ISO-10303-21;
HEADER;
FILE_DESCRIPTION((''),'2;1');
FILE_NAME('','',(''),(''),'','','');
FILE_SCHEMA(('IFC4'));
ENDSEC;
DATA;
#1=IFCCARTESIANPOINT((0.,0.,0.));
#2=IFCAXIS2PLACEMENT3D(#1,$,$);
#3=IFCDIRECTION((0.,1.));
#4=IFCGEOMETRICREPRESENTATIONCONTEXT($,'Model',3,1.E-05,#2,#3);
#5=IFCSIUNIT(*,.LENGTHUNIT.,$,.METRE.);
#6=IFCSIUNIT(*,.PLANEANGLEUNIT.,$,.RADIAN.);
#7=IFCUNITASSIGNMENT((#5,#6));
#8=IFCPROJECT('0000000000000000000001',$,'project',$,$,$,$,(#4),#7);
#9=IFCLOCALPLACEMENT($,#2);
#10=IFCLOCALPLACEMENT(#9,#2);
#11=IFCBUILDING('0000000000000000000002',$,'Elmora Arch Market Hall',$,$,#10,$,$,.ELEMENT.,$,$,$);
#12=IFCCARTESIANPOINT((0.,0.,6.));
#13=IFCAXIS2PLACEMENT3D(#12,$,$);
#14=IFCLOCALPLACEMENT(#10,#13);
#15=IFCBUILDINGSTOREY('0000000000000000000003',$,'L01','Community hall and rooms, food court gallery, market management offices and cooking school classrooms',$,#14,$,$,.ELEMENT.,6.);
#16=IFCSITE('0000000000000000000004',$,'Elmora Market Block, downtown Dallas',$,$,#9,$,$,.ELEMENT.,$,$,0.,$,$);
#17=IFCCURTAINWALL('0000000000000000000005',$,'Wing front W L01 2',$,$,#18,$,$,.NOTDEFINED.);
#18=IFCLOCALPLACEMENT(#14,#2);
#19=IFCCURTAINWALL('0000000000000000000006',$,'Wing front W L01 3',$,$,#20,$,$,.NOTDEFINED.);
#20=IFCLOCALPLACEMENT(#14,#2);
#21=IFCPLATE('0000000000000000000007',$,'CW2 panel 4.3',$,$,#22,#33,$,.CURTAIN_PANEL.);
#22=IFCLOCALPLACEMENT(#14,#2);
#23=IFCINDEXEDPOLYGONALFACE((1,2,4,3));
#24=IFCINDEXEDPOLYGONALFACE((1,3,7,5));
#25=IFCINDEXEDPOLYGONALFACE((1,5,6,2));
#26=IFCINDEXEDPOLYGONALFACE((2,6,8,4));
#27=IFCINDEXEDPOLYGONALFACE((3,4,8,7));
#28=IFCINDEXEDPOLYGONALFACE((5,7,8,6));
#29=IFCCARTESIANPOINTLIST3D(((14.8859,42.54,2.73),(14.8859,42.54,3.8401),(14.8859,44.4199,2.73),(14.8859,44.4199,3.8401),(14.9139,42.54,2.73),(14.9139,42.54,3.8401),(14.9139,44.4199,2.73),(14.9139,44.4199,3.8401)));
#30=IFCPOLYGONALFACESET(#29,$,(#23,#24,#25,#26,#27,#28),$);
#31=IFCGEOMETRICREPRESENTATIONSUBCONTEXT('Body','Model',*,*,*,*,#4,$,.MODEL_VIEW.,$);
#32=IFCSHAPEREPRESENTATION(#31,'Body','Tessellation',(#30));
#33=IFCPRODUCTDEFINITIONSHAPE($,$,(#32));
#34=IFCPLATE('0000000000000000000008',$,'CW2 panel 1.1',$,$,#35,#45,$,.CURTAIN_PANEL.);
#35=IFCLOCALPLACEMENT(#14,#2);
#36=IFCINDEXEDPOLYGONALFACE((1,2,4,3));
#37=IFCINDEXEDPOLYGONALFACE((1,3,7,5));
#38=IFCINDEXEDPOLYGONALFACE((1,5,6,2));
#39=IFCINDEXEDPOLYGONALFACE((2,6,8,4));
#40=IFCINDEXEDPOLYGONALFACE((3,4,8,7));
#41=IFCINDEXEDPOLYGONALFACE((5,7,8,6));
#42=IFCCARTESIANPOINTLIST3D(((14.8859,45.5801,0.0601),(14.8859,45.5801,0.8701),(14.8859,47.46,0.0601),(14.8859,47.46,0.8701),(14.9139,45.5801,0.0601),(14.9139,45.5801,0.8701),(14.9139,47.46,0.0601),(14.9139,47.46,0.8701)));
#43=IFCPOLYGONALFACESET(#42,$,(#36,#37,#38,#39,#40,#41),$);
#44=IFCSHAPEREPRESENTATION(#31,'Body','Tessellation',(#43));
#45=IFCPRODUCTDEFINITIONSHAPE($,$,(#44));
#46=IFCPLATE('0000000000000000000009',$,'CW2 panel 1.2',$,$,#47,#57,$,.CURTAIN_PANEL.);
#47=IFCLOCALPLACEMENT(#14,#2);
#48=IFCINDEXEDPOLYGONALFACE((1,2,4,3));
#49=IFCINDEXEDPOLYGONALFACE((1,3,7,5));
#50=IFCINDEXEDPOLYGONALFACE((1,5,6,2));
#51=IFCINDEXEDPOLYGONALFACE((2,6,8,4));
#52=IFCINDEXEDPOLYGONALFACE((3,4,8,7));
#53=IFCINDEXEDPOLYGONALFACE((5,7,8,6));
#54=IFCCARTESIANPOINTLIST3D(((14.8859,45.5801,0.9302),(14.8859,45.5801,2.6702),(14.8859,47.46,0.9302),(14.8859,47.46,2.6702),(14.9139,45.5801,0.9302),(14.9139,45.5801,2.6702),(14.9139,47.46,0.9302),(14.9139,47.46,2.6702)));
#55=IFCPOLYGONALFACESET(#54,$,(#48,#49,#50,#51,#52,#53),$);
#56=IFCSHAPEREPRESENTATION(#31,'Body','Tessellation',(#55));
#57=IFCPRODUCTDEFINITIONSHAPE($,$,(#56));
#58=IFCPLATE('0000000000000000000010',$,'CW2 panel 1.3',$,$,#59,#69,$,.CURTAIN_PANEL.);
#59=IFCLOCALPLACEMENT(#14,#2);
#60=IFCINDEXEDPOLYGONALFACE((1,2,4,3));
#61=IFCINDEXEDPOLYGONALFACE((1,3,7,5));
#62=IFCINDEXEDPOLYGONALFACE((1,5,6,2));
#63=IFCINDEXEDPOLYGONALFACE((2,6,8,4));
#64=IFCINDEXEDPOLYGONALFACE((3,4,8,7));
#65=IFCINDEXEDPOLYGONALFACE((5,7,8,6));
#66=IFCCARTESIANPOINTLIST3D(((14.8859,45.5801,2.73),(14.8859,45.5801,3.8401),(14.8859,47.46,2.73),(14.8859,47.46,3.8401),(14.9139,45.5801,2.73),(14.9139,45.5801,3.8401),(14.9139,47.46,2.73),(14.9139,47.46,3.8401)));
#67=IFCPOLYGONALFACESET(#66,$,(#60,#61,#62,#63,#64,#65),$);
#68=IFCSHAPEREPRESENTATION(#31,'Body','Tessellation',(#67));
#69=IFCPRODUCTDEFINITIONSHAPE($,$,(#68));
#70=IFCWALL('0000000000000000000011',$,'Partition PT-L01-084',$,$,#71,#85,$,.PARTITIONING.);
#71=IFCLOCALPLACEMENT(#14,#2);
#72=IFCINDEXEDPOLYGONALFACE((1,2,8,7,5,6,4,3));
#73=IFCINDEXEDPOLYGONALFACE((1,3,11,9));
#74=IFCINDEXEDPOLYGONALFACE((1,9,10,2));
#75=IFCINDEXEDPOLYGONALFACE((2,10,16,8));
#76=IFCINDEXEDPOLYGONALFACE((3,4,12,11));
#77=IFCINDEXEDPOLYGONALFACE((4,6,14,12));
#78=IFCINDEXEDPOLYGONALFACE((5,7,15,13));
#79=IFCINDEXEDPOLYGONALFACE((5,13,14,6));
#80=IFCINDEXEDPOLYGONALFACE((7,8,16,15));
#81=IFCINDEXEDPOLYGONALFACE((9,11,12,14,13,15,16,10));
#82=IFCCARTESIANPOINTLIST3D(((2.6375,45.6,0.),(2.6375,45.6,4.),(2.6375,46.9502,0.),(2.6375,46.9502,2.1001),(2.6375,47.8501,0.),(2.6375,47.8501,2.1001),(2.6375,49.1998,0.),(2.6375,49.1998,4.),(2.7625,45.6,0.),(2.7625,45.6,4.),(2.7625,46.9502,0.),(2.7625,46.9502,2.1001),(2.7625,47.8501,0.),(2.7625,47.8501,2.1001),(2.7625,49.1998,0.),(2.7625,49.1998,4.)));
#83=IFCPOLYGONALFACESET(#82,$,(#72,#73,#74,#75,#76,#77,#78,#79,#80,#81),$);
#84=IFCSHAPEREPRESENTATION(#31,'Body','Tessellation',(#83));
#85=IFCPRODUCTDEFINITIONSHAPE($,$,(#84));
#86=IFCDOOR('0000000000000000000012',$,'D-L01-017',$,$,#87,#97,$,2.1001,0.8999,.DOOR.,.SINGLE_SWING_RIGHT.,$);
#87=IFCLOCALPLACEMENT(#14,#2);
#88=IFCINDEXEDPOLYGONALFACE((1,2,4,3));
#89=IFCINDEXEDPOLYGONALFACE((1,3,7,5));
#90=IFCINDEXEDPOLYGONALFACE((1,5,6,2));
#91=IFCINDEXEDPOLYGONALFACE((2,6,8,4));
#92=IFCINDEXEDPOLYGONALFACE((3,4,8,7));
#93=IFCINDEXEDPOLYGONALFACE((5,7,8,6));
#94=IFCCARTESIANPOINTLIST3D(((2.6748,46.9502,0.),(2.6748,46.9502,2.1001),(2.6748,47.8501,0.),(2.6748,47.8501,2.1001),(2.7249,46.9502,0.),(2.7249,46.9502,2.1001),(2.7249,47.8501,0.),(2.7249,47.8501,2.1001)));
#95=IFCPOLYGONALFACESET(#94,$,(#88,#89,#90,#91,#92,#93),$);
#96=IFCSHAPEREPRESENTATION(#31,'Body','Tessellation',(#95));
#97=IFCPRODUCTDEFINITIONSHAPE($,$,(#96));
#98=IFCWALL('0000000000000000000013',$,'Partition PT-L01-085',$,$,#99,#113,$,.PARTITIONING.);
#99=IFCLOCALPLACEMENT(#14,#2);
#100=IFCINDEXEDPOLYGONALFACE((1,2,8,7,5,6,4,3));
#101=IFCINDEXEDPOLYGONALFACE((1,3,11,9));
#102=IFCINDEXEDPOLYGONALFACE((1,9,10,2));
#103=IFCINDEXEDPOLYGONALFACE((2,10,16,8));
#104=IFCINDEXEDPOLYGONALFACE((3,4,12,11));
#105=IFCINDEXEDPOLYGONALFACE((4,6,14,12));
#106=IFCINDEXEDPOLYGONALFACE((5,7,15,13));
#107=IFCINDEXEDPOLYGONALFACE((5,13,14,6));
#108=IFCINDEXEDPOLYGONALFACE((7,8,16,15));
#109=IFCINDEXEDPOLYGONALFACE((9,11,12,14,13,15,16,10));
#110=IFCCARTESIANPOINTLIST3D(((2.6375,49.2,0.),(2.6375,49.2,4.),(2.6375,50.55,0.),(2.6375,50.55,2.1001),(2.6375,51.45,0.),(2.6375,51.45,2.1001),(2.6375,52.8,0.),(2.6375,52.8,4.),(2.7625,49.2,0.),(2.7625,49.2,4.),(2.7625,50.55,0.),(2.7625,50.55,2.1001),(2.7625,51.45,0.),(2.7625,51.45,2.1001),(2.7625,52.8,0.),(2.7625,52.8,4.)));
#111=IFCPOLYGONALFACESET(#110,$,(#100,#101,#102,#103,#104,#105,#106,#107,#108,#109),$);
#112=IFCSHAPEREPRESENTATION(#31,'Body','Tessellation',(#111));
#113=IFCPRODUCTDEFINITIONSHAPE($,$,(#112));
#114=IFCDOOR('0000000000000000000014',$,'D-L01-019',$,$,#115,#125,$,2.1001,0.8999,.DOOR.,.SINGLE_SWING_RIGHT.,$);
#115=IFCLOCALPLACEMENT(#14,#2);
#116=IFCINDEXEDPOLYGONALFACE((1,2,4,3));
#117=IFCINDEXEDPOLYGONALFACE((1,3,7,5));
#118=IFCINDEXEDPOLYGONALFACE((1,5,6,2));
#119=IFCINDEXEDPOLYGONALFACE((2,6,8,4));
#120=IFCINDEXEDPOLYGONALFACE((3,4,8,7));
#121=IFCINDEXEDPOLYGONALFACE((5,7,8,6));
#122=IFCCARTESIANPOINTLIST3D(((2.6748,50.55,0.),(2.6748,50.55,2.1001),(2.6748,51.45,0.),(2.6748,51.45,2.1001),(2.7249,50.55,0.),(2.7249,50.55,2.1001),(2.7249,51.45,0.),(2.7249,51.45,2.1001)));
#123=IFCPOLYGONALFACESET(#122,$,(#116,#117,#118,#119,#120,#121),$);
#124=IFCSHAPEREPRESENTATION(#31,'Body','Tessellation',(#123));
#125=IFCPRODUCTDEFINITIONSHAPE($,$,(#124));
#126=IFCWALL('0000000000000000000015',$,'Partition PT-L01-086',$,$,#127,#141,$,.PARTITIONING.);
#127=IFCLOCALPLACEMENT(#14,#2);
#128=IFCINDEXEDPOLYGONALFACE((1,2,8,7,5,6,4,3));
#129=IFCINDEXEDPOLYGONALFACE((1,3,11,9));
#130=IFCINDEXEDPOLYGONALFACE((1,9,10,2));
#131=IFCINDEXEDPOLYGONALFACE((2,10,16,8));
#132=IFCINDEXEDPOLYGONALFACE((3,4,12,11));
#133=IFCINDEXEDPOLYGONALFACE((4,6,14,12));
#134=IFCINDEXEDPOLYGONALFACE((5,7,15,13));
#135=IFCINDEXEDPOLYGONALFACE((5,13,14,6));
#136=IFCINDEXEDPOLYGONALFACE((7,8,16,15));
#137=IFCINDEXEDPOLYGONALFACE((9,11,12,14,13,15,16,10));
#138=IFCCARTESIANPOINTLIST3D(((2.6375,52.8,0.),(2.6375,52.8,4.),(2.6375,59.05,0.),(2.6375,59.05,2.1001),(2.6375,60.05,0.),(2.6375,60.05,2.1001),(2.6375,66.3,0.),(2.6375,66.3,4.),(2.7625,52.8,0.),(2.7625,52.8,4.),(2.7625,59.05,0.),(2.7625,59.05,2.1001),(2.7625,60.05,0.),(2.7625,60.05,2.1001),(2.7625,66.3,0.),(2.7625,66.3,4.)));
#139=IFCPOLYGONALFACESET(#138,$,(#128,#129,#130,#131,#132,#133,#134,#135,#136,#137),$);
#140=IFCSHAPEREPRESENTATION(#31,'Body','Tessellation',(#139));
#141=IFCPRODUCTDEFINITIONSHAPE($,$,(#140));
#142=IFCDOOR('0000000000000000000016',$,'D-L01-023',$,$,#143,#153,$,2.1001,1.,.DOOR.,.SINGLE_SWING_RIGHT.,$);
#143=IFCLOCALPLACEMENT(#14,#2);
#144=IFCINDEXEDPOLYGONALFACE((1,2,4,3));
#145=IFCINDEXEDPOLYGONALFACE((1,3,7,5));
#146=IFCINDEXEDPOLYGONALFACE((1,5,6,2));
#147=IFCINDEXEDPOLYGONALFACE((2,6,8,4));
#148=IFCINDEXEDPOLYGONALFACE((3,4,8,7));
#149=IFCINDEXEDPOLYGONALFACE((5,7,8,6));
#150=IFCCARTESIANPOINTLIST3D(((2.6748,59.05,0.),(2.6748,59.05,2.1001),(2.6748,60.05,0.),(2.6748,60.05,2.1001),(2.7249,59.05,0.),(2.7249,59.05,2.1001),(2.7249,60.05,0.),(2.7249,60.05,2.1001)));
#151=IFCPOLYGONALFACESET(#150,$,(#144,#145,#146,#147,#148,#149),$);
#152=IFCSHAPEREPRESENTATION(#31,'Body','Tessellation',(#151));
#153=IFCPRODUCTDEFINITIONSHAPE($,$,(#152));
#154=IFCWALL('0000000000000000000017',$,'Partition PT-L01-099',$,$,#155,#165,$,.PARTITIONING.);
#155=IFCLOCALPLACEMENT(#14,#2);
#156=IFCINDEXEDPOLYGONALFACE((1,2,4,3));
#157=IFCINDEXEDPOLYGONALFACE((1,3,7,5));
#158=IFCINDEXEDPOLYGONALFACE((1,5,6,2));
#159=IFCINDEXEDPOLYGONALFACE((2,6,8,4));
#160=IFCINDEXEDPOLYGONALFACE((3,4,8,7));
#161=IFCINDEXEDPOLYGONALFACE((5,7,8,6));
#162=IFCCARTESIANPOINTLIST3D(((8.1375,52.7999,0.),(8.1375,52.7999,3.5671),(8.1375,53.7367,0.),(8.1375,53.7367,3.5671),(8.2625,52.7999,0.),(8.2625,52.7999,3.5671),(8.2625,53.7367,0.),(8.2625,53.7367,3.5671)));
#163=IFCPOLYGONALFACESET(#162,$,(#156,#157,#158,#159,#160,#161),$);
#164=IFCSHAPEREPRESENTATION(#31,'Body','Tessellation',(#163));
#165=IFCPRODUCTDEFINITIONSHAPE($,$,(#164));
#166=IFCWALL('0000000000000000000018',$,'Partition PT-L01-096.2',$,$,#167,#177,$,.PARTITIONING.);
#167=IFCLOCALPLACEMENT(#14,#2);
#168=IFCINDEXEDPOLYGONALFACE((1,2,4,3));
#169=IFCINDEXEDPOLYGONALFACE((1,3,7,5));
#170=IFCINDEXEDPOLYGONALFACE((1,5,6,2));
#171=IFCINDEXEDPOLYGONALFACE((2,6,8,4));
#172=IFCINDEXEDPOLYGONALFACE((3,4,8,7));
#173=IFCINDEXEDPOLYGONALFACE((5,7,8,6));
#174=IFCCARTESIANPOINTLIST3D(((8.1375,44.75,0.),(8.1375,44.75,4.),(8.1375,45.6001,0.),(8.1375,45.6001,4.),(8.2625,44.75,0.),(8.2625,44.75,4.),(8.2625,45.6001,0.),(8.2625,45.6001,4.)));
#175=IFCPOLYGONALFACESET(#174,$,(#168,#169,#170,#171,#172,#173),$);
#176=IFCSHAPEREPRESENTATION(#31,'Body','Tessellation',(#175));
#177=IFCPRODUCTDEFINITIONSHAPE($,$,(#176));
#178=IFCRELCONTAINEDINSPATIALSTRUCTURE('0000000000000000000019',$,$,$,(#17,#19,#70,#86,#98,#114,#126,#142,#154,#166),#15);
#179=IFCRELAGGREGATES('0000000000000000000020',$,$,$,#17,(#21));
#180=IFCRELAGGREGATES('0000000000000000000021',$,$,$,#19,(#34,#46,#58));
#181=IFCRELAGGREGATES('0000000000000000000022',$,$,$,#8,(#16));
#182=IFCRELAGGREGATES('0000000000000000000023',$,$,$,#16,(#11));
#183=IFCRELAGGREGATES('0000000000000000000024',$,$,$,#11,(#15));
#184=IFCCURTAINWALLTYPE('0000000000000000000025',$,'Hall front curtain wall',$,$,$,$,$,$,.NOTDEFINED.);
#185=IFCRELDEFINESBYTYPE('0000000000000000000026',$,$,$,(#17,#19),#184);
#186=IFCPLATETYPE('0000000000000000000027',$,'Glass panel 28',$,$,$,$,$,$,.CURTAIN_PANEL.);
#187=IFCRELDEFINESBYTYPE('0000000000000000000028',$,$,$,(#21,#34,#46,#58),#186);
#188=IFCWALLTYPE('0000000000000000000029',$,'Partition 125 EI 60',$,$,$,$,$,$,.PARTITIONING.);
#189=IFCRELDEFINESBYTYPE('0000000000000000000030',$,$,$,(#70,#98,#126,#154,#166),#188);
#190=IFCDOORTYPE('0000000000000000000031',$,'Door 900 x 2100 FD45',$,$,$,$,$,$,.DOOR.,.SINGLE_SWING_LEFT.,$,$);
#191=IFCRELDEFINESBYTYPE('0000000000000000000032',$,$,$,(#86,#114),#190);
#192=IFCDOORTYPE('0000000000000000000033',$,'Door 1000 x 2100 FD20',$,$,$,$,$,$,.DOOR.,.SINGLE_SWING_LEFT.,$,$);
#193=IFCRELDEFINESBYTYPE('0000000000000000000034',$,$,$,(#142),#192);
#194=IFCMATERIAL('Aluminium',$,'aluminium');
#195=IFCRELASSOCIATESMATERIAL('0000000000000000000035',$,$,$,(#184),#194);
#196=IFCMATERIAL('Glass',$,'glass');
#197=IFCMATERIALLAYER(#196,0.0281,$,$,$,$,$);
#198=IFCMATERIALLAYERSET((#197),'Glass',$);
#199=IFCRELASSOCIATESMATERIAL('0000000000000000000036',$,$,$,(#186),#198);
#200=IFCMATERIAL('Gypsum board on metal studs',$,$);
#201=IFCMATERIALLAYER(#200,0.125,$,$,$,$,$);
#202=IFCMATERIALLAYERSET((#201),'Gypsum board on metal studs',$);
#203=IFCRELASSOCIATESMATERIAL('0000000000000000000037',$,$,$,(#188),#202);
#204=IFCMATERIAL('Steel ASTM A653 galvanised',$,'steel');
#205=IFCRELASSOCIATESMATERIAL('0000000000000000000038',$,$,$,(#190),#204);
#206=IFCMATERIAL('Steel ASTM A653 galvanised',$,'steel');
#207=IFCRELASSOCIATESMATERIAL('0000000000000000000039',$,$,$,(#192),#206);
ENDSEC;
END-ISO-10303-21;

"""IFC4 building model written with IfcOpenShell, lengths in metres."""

from ifc_helpers import new_model, si_unit, direction, frame, frame_2d, origin, origin_2d, place, context, subcontext, project, spatial, rectangle, extrude, material, layer, layer_set, type_object, element, fill, aggregate, save


model = new_model("IFC4")

# Units and contexts
model_context = context("Model", 3, precision=1e-05, world=origin(), true_north=direction((0.0, 1.0)))
body_context = subcontext(model_context, "Body", "Model", "MODEL_VIEW")
ifc_project = project(units=[si_unit("LENGTHUNIT", "METRE"), si_unit("PLANEANGLEUNIT", "RADIAN")], contexts=[model_context])

# Site, building, storey
site_placement = place(None, origin())
site = spatial("IfcSite", under=ifc_project, at=site_placement, Name="Elmora Market Block, downtown Dallas", CompositionType="ELEMENT", RefElevation=0.0)
building_placement = place(site_placement, origin())
building = spatial("IfcBuilding", under=site, at=building_placement, Name="Elmora Arch Market Hall", CompositionType="ELEMENT")
storey_placement = place(building_placement, frame((0.0, 0.0, 6.0)))
storey = spatial("IfcBuildingStorey", under=building, at=storey_placement, Name="L01", Description="Community hall and rooms, food court gallery, market management offices and cooking school classrooms", CompositionType="ELEMENT", Elevation=6.0)

# Curtain wall
ifc_material_1 = material(Name="Aluminium", Category="aluminium")
curtain_wall_type = type_object("IfcCurtainWallType", Name="Hall front curtain wall", PredefinedType="NOTDEFINED", material=ifc_material_1)
curtain_wall_1_placement = place(storey_placement, origin())
curtain_wall_1 = element("IfcCurtainWall", 1, at=curtain_wall_1_placement, inside=storey, type_object=curtain_wall_type, Name="Wing front W L01 2", PredefinedType="NOTDEFINED")

# Curtain wall
curtain_wall_2_placement = place(storey_placement, origin())
curtain_wall_2 = element("IfcCurtainWall", 2, at=curtain_wall_2_placement, inside=storey, type_object=curtain_wall_type, Name="Wing front W L01 3", PredefinedType="NOTDEFINED")

# Plates
ifc_material_2 = material(Name="Glass", Category="glass")
ifc_layer_1 = layer(ifc_material_2, 0.0281)
ifc_layer_set_1 = layer_set([ifc_layer_1], Name="Glass")
plate_type = type_object("IfcPlateType", Name="Glass panel 28", PredefinedType="CURTAIN_PANEL", material=ifc_layer_set_1)
plate_1_placement = place(storey_placement, frame((14.8999, 43.48, 2.73), z_axis=(0.0, 0.0, 1.0), x_axis=(0.0, 1.0, 0.0)))
plate_1 = element("IfcPlate", 3, at=plate_1_placement, type_object=plate_type, Name="CW2 panel 4.3", PredefinedType="CURTAIN_PANEL", context=body_context, shape_type="SweptSolid", body=[
    extrude(rectangle(XDim=1.8799, YDim=0.0281, at=origin_2d()), origin(), (0.0, 0.0, 1.0), 1.1101),
])
aggregate(curtain_wall_1, [plate_1])
plate_2_placement = place(storey_placement, frame((14.8999, 46.52, 0.0601), z_axis=(0.0, 0.0, 1.0), x_axis=(0.0, 1.0, 0.0)))
plate_2 = element("IfcPlate", 4, at=plate_2_placement, type_object=plate_type, Name="CW2 panel 1.1", PredefinedType="CURTAIN_PANEL", context=body_context, shape_type="SweptSolid", body=[
    extrude(rectangle(XDim=1.8799, YDim=0.0281, at=origin_2d()), origin(), (0.0, 0.0, 1.0), 0.8101),
])
plate_3_placement = place(storey_placement, frame((14.8999, 46.52, 0.9302), z_axis=(0.0, 0.0, 1.0), x_axis=(0.0, 1.0, 0.0)))
plate_3 = element("IfcPlate", 5, at=plate_3_placement, type_object=plate_type, Name="CW2 panel 1.2", PredefinedType="CURTAIN_PANEL", context=body_context, shape_type="SweptSolid", body=[
    extrude(rectangle(XDim=1.8799, YDim=0.0281, at=origin_2d()), origin(), (0.0, 0.0, 1.0), 1.74),
])
plate_4_placement = place(storey_placement, frame((14.8999, 46.52, 2.73), z_axis=(0.0, 0.0, 1.0), x_axis=(0.0, 1.0, 0.0)))
plate_4 = element("IfcPlate", 6, at=plate_4_placement, type_object=plate_type, Name="CW2 panel 1.3", PredefinedType="CURTAIN_PANEL", context=body_context, shape_type="SweptSolid", body=[
    extrude(rectangle(XDim=1.8799, YDim=0.0281, at=origin_2d()), origin(), (0.0, 0.0, 1.0), 1.1101),
])
aggregate(curtain_wall_2, [plate_2, plate_3, plate_4])

# Walls, openings, doors
ifc_material_3 = material(Name="Gypsum board on metal studs")
ifc_layer_2 = layer(ifc_material_3, 0.125)
ifc_layer_set_2 = layer_set([ifc_layer_2], Name="Gypsum board on metal studs")
wall_type_1 = type_object("IfcWallType", Name="Partition 125 EI 60", PredefinedType="PARTITIONING", material=ifc_layer_set_2)
wall_1_placement = place(storey_placement, frame((2.7, 45.6001, 0.0), z_axis=(0.0, 0.0, 1.0), x_axis=(0.0, 1.0, 0.0)))
wall_1 = element("IfcWall", 7, at=wall_1_placement, inside=storey, type_object=wall_type_1, Name="Partition PT-L01-084", PredefinedType="PARTITIONING", context=body_context, shape_type="SweptSolid", body=[
    extrude(rectangle(XDim=3.5999, YDim=0.125, at=frame_2d((1.7998, 0.0))), origin(), (0.0, 0.0, 1.0), 4.0),
])
opening_1_placement = place(wall_1_placement, frame((1.3501, 0.0, 0.0)))
opening_1 = element("IfcOpeningElement", 8, at=opening_1_placement, cuts=wall_1, PredefinedType="OPENING", context=body_context, shape_type="SweptSolid", body=[
    extrude(rectangle(XDim=0.8999, YDim=2.1001, at=frame_2d((0.45, 1.05))), frame((0.0, 0.0725, 0.0), z_axis=(0.0, -1.0, 0.0), x_axis=(1.0, 0.0, 0.0)), (0.0, 0.0, 1.0), 0.145),
])
ifc_material_4 = material(Name="Steel ASTM A653 galvanised", Category="steel")
door_type_1 = type_object("IfcDoorType", Name="Door 900 x 2100 FD45", OperationType="SINGLE_SWING_LEFT", PredefinedType="DOOR", material=ifc_material_4)
door_1_placement = place(opening_1_placement, frame((0.8999, 0.0, 0.0), z_axis=(0.0, 0.0, 1.0), x_axis=(-1.0, 0.0, 0.0)))
door_1 = element("IfcDoor", 9, at=door_1_placement, inside=storey, type_object=door_type_1, Name="D-L01-017", OperationType="SINGLE_SWING_RIGHT", OverallHeight=2.1001, OverallWidth=0.8999, PredefinedType="DOOR", context=body_context, shape_type="SweptSolid", body=[
    extrude(rectangle(XDim=0.8999, YDim=2.1001, at=frame_2d((0.45, 1.05))), frame((0.0, 0.0249, 0.0), z_axis=(0.0, -1.0, 0.0), x_axis=(1.0, 0.0, 0.0)), (0.0, 0.0, 1.0), 0.05),
])
fill(opening_1, door_1)
wall_2_placement = place(storey_placement, frame((2.7, 49.2, 0.0), z_axis=(0.0, 0.0, 1.0), x_axis=(0.0, 1.0, 0.0)))
wall_2 = element("IfcWall", 10, at=wall_2_placement, inside=storey, type_object=wall_type_1, Name="Partition PT-L01-085", PredefinedType="PARTITIONING", context=body_context, shape_type="SweptSolid", body=[
    extrude(rectangle(XDim=3.6001, YDim=0.125, at=frame_2d((1.8, 0.0))), origin(), (0.0, 0.0, 1.0), 4.0),
])
opening_2_placement = place(wall_2_placement, frame((1.3501, 0.0, 0.0)))
opening_2 = element("IfcOpeningElement", 11, at=opening_2_placement, cuts=wall_2, PredefinedType="OPENING", context=body_context, shape_type="SweptSolid", body=[
    extrude(rectangle(XDim=0.8999, YDim=2.1001, at=frame_2d((0.45, 1.05))), frame((0.0, 0.0725, 0.0), z_axis=(0.0, -1.0, 0.0), x_axis=(1.0, 0.0, 0.0)), (0.0, 0.0, 1.0), 0.145),
])
door_2_placement = place(opening_2_placement, frame((0.8999, 0.0, 0.0), z_axis=(0.0, 0.0, 1.0), x_axis=(-1.0, 0.0, 0.0)))
door_2 = element("IfcDoor", 12, at=door_2_placement, inside=storey, type_object=door_type_1, Name="D-L01-019", OperationType="SINGLE_SWING_RIGHT", OverallHeight=2.1001, OverallWidth=0.8999, PredefinedType="DOOR", context=body_context, shape_type="SweptSolid", body=[
    extrude(rectangle(XDim=0.8999, YDim=2.1001, at=frame_2d((0.45, 1.05))), frame((0.0, 0.0249, 0.0), z_axis=(0.0, -1.0, 0.0), x_axis=(1.0, 0.0, 0.0)), (0.0, 0.0, 1.0), 0.05),
])
fill(opening_2, door_2)
wall_3_placement = place(storey_placement, frame((2.7, 52.8, 0.0), z_axis=(0.0, 0.0, 1.0), x_axis=(0.0, 1.0, 0.0)))
wall_3 = element("IfcWall", 13, at=wall_3_placement, inside=storey, type_object=wall_type_1, Name="Partition PT-L01-086", PredefinedType="PARTITIONING", context=body_context, shape_type="SweptSolid", body=[
    extrude(rectangle(XDim=13.5, YDim=0.125, at=frame_2d((6.75, 0.0))), origin(), (0.0, 0.0, 1.0), 4.0),
])
opening_3_placement = place(wall_3_placement, frame((6.25, 0.0, 0.0)))
opening_3 = element("IfcOpeningElement", 14, at=opening_3_placement, cuts=wall_3, PredefinedType="OPENING", context=body_context, shape_type="SweptSolid", body=[
    extrude(rectangle(XDim=1.0, YDim=2.1001, at=frame_2d((0.5, 1.05))), frame((0.0, 0.0725, 0.0), z_axis=(0.0, -1.0, 0.0), x_axis=(1.0, 0.0, 0.0)), (0.0, 0.0, 1.0), 0.145),
])
ifc_material_5 = material(Name="Steel ASTM A653 galvanised", Category="steel")
door_type_2 = type_object("IfcDoorType", Name="Door 1000 x 2100 FD20", OperationType="SINGLE_SWING_LEFT", PredefinedType="DOOR", material=ifc_material_5)
door_3_placement = place(opening_3_placement, frame((1.0, 0.0, 0.0), z_axis=(0.0, 0.0, 1.0), x_axis=(-1.0, 0.0, 0.0)))
door_3 = element("IfcDoor", 15, at=door_3_placement, inside=storey, type_object=door_type_2, Name="D-L01-023", OperationType="SINGLE_SWING_RIGHT", OverallHeight=2.1001, OverallWidth=1.0, PredefinedType="DOOR", context=body_context, shape_type="SweptSolid", body=[
    extrude(rectangle(XDim=1.0, YDim=2.1001, at=frame_2d((0.5, 1.05))), frame((0.0, 0.0249, 0.0), z_axis=(0.0, -1.0, 0.0), x_axis=(1.0, 0.0, 0.0)), (0.0, 0.0, 1.0), 0.05),
])
fill(opening_3, door_3)

# Walls
wall_4_placement = place(storey_placement, frame((8.2, 52.8, 0.0), z_axis=(0.0, 0.0, 1.0), x_axis=(0.0, 1.0, 0.0)))
element("IfcWall", 16, at=wall_4_placement, inside=storey, type_object=wall_type_1, Name="Partition PT-L01-099", PredefinedType="PARTITIONING", context=body_context, shape_type="SweptSolid", body=[
    extrude(rectangle(XDim=0.9368, YDim=0.125, at=frame_2d((0.4683, 0.0))), origin(), (0.0, 0.0, 1.0), 3.5671),
])
wall_5_placement = place(storey_placement, frame((8.2, 44.75, 0.0), z_axis=(0.0, 0.0, 1.0), x_axis=(0.0, 1.0, 0.0)))
element("IfcWall", 17, at=wall_5_placement, inside=storey, type_object=wall_type_1, Name="Partition PT-L01-096.2", PredefinedType="PARTITIONING", context=body_context, shape_type="SweptSolid", body=[
    extrude(rectangle(XDim=0.8501, YDim=0.125, at=frame_2d((0.425, 0.0))), origin(), (0.0, 0.0, 1.0), 4.0),
])

save(model, "model.ifc")
